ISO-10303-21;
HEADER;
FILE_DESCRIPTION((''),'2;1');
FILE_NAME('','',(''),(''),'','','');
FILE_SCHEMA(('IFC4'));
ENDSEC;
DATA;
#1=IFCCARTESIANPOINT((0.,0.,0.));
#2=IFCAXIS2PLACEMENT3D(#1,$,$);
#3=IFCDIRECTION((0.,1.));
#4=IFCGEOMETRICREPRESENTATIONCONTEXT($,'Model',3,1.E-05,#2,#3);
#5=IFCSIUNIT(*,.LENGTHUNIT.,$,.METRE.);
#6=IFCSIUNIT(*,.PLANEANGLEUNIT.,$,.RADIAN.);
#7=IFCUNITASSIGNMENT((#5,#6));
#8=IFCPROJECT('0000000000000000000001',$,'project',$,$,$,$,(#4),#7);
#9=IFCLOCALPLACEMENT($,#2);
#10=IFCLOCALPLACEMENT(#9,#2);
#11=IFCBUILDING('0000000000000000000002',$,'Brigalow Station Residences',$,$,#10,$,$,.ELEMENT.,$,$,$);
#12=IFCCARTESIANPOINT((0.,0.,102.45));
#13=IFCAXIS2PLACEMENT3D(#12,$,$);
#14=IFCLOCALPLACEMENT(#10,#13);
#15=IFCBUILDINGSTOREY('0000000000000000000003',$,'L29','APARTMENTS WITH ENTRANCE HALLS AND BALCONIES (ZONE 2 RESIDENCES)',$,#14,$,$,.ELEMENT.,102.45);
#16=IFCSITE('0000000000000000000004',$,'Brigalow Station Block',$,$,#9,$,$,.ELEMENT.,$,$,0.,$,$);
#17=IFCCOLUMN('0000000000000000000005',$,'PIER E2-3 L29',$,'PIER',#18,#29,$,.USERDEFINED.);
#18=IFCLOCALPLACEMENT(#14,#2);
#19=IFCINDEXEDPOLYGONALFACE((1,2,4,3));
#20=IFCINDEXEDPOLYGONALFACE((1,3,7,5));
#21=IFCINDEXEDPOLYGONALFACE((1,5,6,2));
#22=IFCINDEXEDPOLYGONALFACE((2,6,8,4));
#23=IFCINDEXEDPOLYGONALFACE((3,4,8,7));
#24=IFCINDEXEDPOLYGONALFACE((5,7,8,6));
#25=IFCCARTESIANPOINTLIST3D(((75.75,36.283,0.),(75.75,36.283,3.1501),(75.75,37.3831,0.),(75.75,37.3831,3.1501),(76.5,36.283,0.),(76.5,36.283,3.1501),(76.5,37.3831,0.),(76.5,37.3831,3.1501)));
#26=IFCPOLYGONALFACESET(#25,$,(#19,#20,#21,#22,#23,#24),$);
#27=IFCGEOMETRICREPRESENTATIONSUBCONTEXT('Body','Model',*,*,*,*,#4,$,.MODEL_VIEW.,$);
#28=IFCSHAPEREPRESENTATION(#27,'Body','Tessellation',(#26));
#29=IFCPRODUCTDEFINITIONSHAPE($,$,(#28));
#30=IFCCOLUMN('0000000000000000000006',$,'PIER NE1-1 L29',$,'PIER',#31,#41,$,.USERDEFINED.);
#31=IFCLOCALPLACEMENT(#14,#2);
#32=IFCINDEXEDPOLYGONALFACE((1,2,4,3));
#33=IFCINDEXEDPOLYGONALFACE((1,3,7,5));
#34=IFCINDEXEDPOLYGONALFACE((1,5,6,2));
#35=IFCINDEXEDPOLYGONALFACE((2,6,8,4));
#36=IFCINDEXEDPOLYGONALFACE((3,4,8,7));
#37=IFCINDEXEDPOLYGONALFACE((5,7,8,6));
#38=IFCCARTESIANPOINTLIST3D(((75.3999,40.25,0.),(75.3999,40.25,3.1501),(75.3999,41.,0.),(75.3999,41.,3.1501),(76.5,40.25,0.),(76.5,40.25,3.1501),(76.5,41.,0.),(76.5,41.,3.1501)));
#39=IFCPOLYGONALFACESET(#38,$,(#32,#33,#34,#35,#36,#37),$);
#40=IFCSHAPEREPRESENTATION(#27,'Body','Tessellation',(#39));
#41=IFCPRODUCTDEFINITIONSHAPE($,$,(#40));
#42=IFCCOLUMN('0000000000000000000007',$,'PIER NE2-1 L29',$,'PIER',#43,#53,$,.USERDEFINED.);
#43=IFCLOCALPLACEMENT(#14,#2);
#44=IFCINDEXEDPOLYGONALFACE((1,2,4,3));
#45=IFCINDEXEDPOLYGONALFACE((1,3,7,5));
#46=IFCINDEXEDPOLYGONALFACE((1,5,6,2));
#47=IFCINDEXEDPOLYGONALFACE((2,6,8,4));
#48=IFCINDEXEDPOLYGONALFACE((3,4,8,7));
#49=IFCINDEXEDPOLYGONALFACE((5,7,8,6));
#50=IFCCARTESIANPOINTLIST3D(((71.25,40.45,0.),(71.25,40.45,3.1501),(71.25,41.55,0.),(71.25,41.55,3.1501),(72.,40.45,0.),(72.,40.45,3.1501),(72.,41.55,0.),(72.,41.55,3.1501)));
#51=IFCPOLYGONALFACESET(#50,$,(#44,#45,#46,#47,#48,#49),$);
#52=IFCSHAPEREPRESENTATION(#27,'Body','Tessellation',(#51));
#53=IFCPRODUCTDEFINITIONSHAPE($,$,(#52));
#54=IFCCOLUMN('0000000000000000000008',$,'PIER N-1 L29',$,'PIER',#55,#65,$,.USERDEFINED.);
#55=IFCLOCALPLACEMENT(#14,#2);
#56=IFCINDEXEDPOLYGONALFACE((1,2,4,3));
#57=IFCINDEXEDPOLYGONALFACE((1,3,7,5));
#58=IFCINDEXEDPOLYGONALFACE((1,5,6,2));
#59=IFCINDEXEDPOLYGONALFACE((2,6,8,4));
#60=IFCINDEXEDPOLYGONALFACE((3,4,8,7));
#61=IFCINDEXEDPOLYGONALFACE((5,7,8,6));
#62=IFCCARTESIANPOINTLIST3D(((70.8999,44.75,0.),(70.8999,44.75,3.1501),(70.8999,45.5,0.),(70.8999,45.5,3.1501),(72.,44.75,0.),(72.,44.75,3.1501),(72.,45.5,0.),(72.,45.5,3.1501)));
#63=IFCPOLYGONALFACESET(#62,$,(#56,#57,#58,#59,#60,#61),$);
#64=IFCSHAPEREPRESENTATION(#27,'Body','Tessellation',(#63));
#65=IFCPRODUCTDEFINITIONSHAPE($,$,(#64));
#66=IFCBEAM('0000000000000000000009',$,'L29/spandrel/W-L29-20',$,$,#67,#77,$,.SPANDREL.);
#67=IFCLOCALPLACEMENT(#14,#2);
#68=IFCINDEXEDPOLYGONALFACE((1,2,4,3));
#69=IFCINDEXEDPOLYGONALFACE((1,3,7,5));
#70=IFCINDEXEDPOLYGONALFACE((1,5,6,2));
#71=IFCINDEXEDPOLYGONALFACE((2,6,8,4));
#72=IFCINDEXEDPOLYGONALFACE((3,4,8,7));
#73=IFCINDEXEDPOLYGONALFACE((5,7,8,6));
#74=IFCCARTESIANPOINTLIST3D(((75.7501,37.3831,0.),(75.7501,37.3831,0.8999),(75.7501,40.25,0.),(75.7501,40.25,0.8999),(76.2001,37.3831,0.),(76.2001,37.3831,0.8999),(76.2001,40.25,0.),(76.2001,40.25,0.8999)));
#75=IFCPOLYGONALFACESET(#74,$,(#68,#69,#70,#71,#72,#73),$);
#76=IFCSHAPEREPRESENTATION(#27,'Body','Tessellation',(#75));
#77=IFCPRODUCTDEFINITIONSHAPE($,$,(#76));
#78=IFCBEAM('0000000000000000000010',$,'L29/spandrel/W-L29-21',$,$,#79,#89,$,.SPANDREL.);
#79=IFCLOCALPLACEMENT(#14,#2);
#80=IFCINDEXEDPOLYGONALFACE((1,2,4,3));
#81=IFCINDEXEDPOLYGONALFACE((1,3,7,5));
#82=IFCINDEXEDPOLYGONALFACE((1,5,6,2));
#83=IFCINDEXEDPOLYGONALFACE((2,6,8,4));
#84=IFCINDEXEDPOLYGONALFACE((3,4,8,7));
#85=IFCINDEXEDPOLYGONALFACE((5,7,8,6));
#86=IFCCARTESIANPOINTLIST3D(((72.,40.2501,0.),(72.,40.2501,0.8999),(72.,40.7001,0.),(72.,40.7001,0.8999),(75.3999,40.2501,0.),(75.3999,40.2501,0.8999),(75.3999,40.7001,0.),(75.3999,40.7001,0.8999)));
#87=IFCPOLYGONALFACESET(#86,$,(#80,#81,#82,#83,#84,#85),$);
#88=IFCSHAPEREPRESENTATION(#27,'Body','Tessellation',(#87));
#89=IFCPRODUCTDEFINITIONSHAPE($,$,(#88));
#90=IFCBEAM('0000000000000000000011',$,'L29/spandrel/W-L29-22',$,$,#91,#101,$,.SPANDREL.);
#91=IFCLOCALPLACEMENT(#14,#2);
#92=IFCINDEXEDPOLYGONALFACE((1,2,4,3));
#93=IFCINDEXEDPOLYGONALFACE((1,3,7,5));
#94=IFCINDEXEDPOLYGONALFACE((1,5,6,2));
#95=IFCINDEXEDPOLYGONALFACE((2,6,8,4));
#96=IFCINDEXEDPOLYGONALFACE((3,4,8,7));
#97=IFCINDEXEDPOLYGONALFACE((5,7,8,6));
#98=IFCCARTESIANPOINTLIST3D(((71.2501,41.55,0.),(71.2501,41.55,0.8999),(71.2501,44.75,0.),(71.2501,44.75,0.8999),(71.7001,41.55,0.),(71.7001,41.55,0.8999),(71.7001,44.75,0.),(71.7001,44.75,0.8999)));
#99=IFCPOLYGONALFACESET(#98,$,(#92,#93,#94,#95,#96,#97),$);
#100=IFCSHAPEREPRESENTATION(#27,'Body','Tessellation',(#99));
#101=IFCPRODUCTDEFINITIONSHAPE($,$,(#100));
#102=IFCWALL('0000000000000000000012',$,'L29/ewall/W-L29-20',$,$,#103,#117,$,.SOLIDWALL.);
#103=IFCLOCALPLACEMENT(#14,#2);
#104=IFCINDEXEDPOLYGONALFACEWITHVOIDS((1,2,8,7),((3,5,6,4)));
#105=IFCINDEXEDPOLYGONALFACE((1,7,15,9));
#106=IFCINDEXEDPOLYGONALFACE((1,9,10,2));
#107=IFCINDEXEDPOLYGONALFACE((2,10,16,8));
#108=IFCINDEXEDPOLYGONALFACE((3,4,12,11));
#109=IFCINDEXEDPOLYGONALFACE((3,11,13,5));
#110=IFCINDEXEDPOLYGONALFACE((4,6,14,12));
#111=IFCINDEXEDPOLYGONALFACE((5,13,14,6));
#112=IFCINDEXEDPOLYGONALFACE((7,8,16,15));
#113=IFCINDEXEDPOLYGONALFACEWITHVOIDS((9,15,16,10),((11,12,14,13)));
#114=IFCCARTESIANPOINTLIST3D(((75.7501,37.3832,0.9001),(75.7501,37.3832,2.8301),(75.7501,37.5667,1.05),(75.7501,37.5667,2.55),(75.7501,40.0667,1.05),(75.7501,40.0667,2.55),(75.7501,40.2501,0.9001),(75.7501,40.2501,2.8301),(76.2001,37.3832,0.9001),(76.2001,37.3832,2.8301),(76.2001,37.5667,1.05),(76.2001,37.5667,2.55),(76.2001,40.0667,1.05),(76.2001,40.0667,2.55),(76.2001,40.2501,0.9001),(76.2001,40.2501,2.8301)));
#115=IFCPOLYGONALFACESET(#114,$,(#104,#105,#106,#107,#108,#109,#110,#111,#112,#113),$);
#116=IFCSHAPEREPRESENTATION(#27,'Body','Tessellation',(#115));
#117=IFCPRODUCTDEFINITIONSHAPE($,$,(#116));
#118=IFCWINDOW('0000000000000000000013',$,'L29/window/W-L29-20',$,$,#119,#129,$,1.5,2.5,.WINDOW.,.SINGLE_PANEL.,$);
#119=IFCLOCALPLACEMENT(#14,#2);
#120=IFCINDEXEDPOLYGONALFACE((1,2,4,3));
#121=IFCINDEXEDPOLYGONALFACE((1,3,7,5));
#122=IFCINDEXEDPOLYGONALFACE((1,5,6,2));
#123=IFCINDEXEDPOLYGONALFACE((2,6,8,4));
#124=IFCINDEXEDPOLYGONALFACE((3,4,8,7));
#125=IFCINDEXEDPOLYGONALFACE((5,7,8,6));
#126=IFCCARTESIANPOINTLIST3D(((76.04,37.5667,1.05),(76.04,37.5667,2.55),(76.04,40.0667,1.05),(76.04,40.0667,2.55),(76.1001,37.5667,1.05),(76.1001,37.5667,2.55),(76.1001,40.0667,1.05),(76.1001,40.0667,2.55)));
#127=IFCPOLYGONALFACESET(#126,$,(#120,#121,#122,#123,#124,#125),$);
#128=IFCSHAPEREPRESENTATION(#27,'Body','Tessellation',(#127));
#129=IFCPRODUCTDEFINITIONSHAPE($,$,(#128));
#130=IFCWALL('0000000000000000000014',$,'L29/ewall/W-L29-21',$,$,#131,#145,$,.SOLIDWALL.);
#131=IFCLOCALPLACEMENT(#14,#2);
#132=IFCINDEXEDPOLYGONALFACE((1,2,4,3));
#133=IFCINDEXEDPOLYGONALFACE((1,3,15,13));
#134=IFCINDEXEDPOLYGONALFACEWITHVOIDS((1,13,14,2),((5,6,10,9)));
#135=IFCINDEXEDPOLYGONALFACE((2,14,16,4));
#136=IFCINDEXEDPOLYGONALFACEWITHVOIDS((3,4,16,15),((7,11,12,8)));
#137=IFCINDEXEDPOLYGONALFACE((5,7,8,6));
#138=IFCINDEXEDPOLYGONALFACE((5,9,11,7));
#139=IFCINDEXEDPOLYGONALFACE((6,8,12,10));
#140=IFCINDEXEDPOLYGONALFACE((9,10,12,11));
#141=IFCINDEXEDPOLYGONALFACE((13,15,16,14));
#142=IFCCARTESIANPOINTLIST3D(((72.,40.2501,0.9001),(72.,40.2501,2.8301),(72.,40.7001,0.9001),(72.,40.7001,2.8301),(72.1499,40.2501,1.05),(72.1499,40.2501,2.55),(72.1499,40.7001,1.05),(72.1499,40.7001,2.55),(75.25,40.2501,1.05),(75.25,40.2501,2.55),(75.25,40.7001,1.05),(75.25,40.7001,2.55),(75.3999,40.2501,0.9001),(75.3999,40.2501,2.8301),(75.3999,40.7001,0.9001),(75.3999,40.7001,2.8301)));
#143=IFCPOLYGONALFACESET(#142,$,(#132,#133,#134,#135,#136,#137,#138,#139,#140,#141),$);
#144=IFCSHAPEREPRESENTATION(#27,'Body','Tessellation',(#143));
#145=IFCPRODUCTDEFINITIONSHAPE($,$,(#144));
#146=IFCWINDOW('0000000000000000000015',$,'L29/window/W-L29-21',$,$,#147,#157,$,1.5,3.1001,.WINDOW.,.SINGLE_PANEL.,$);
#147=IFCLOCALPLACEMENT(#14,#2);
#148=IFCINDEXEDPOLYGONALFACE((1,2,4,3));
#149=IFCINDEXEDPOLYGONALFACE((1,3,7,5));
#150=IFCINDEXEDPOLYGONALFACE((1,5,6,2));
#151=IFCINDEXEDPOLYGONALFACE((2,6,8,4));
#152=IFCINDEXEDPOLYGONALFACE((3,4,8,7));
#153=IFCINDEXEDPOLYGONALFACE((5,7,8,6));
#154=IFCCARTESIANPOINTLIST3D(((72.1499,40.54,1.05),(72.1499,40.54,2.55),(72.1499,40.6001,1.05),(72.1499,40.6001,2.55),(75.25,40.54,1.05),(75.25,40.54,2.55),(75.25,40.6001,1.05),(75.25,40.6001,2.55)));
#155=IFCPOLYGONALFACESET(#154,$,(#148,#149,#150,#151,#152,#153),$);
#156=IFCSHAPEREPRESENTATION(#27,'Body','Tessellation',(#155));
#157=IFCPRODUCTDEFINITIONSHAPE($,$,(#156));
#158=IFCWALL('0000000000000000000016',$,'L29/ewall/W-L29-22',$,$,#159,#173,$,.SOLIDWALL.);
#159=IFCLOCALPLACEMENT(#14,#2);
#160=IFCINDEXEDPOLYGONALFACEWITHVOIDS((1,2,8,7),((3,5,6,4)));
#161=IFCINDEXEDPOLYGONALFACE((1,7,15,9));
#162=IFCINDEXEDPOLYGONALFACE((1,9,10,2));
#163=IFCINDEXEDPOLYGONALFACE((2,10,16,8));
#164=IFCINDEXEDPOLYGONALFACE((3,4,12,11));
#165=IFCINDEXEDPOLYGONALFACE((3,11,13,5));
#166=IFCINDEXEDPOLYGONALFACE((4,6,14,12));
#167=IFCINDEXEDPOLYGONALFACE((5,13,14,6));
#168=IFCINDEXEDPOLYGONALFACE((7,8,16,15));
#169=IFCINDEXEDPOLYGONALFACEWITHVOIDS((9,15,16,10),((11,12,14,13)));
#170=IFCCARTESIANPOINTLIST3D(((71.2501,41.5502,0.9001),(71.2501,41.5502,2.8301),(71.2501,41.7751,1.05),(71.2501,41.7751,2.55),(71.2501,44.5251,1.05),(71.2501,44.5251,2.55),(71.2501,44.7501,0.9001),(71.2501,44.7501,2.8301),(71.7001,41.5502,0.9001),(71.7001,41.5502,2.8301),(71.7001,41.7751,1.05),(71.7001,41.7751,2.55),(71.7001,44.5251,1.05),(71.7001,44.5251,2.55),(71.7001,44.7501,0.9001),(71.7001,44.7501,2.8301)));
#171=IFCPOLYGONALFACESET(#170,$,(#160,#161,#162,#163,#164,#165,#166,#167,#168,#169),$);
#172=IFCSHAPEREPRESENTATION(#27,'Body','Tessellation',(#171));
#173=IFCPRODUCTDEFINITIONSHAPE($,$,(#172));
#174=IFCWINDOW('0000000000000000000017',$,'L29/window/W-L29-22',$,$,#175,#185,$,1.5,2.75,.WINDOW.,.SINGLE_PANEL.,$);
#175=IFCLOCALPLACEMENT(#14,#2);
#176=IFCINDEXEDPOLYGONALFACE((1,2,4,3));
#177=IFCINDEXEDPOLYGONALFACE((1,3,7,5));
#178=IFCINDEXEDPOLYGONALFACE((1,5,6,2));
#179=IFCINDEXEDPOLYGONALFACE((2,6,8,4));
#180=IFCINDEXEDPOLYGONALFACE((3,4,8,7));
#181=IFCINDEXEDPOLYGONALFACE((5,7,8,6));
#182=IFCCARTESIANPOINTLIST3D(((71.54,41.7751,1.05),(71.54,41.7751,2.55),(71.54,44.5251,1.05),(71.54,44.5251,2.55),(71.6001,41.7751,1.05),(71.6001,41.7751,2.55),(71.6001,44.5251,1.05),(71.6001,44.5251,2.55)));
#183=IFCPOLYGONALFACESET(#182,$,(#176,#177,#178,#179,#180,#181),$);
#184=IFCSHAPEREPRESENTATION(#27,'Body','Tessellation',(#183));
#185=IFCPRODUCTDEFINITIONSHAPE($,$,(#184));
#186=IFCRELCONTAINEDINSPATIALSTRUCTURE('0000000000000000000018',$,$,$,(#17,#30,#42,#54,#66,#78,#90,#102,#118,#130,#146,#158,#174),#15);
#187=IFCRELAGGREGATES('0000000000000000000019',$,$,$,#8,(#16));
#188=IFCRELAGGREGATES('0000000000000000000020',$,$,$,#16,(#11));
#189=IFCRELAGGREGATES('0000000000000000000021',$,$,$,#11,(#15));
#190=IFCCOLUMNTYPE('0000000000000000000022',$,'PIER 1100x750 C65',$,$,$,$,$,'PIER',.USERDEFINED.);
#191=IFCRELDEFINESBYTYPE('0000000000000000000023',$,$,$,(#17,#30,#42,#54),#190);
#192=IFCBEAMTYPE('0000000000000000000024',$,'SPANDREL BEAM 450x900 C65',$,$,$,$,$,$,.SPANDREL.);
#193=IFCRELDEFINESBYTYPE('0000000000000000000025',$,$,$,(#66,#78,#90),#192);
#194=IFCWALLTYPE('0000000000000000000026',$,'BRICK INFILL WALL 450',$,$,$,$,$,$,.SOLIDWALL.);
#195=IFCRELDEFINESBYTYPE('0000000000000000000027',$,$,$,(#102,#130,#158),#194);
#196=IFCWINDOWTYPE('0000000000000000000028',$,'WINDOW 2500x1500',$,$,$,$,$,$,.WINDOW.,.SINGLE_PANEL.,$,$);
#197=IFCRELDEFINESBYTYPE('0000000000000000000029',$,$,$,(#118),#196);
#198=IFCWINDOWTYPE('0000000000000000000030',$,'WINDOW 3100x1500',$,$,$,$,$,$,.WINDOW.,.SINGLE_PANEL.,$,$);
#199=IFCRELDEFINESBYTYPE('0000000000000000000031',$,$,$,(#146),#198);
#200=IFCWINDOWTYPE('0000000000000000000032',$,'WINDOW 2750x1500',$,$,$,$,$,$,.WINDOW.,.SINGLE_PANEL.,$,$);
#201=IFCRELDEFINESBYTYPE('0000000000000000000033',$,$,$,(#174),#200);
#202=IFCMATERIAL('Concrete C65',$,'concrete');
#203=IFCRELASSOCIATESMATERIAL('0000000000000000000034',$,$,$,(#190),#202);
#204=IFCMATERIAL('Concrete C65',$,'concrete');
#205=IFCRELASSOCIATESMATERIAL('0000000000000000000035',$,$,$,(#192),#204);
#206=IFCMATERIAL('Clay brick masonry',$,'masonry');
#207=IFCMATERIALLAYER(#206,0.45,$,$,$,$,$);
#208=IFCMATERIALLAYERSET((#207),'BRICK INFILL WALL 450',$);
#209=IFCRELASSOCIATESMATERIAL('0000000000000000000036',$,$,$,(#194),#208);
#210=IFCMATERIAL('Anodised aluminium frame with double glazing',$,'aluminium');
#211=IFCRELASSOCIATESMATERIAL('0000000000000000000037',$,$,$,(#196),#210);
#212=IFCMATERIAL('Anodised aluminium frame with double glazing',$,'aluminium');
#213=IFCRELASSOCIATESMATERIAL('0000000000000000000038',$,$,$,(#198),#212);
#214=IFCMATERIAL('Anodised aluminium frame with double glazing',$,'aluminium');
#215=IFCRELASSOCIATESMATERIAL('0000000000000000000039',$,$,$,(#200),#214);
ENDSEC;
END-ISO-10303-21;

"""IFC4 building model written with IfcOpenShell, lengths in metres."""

from ifc_helpers import new_model, si_unit, direction, frame, frame_2d, origin, origin_2d, place, context, subcontext, project, spatial, rectangle, extrude, material, layer, layer_set, material_profile, profile_set, type_object, element, fill, save


model = new_model("IFC4")

# Units and contexts
model_context = context("Model", 3, precision=1e-05, world=origin(), true_north=direction((0.0, 1.0)))
body_context = subcontext(model_context, "Body", "Model", "MODEL_VIEW")
ifc_project = project(units=[si_unit("LENGTHUNIT", "METRE"), si_unit("PLANEANGLEUNIT", "RADIAN")], contexts=[model_context])

# Site, building, storey
site_placement = place(None, origin())
site = spatial("IfcSite", under=ifc_project, at=site_placement, Name="Brigalow Station Block", CompositionType="ELEMENT", RefElevation=0.0)
building_placement = place(site_placement, origin())
building = spatial("IfcBuilding", under=site, at=building_placement, Name="Brigalow Station Residences", CompositionType="ELEMENT")
storey_placement = place(building_placement, frame((0.0, 0.0, 102.45)))
storey = spatial("IfcBuildingStorey", under=building, at=storey_placement, Name="L29", Description="APARTMENTS WITH ENTRANCE HALLS AND BALCONIES (ZONE 2 RESIDENCES)", CompositionType="ELEMENT", Elevation=102.45)

# Columns
ifc_material_1 = material(Name="Concrete C65", Category="concrete")
ifc_material_profile_1 = material_profile(ifc_material_1, rectangle(XDim=1.1001, YDim=0.75, at=origin_2d()), Name="RC1100x750")
ifc_profile_set_1 = profile_set([ifc_material_profile_1], Name="Concrete C65")
column_type = type_object("IfcColumnType", Name="PIER 1100x750 C65", ElementType="PIER", PredefinedType="USERDEFINED", material=ifc_profile_set_1)
for number, where, z_axis, x_axis, name in (
    (1, (76.125, 36.833, 0.0), (0.0, 0.0, 1.0), (0.0, 1.0, 0.0), "PIER E2-3 L29"),
    (2, (75.95, 40.625, 0.0), (0.0, 0.0, 1.0), (-1.0, 0.0, 0.0), "PIER NE1-1 L29"),
    (3, (71.625, 41.0, 0.0), (0.0, 0.0, 1.0), (0.0, 1.0, 0.0), "PIER NE2-1 L29"),
    (4, (71.45, 45.125, 0.0), (0.0, 0.0, 1.0), (-1.0, 0.0, 0.0), "PIER N-1 L29"),
):
    element("IfcColumn", number, at=place(storey_placement, frame(where, z_axis=z_axis, x_axis=x_axis)), inside=storey, type_object=column_type, Name=name, ObjectType="PIER", PredefinedType="USERDEFINED", context=body_context, shape_type="SweptSolid", body=[
        extrude(rectangle(XDim=1.1001, YDim=0.75, at=origin_2d()), origin(), (0.0, 0.0, 1.0), 3.1501),
    ])

# Beams
ifc_material_2 = material(Name="Concrete C65", Category="concrete")
ifc_material_profile_2 = material_profile(ifc_material_2, rectangle(XDim=0.45, YDim=0.8999, at=origin_2d()), Name="RC450x900")
ifc_profile_set_2 = profile_set([ifc_material_profile_2], Name="Concrete C65")
beam_type = type_object("IfcBeamType", Name="SPANDREL BEAM 450x900 C65", PredefinedType="SPANDREL", material=ifc_profile_set_2)
beam_1_placement = place(storey_placement, frame((75.9751, 37.3831, 0.45), z_axis=(0.0, 1.0, 0.0), x_axis=(-1.0, 0.0, 0.0)))
element("IfcBeam", 5, at=beam_1_placement, inside=storey, type_object=beam_type, Name="L29/spandrel/W-L29-20", PredefinedType="SPANDREL", context=body_context, shape_type="SweptSolid", body=[
    extrude(rectangle(XDim=0.45, YDim=0.8999, at=origin_2d()), origin(), (0.0, 0.0, 1.0), 2.8669),
])
beam_2_placement = place(storey_placement, frame((75.3999, 40.4751, 0.45), z_axis=(-1.0, 0.0, 0.0), x_axis=(0.0, -1.0, 0.0)))
element("IfcBeam", 6, at=beam_2_placement, inside=storey, type_object=beam_type, Name="L29/spandrel/W-L29-21", PredefinedType="SPANDREL", context=body_context, shape_type="SweptSolid", body=[
    extrude(rectangle(XDim=0.45, YDim=0.8999, at=origin_2d()), origin(), (0.0, 0.0, 1.0), 3.3999),
])
beam_3_placement = place(storey_placement, frame((71.4751, 41.55, 0.45), z_axis=(0.0, 1.0, 0.0), x_axis=(-1.0, 0.0, 0.0)))
element("IfcBeam", 7, at=beam_3_placement, inside=storey, type_object=beam_type, Name="L29/spandrel/W-L29-22", PredefinedType="SPANDREL", context=body_context, shape_type="SweptSolid", body=[
    extrude(rectangle(XDim=0.45, YDim=0.8999, at=origin_2d()), origin(), (0.0, 0.0, 1.0), 3.2),
])

# Walls, openings, windows
ifc_material_3 = material(Name="Clay brick masonry", Category="masonry")
ifc_layer_1 = layer(ifc_material_3, 0.45)
ifc_layer_set_1 = layer_set([ifc_layer_1], Name="BRICK INFILL WALL 450")
wall_type_1 = type_object("IfcWallType", Name="BRICK INFILL WALL 450", PredefinedType="SOLIDWALL", material=ifc_layer_set_1)
wall_1_placement = place(storey_placement, frame((75.9751, 37.3831, 0.9001), z_axis=(0.0, 0.0, 1.0), x_axis=(0.0, 1.0, 0.0)))
wall_1 = element("IfcWall", 8, at=wall_1_placement, inside=storey, type_object=wall_type_1, Name="L29/ewall/W-L29-20", PredefinedType="SOLIDWALL", context=body_context, shape_type="SweptSolid", body=[
    extrude(rectangle(XDim=2.8669, YDim=0.45, at=frame_2d((1.4336, 0.0))), origin(), (0.0, 0.0, 1.0), 1.9299),
])
opening_1_placement = place(wall_1_placement, frame((0.1836, 0.0, 0.1499)))
opening_1 = element("IfcOpeningElement", 9, at=opening_1_placement, cuts=wall_1, PredefinedType="OPENING", context=body_context, shape_type="SweptSolid", body=[
    extrude(rectangle(XDim=2.5, YDim=1.5, at=frame_2d((1.25, 0.75))), frame((0.0, 0.2349, 0.0), z_axis=(0.0, -1.0, 0.0), x_axis=(1.0, 0.0, 0.0)), (0.0, 0.0, 1.0), 0.47),
])
ifc_material_4 = material(Name="Anodised aluminium frame with double glazing", Category="aluminium")
window_type_1 = type_object("IfcWindowType", Name="WINDOW 2500x1500", PartitioningType="SINGLE_PANEL", PredefinedType="WINDOW", material=ifc_material_4)
window_1_placement = place(opening_1_placement, origin())
window_1 = element("IfcWindow", 10, at=window_1_placement, inside=storey, type_object=window_type_1, Name="L29/window/W-L29-20", OverallHeight=1.5, OverallWidth=2.5, PartitioningType="SINGLE_PANEL", PredefinedType="WINDOW", context=body_context, shape_type="SweptSolid", body=[
    extrude(rectangle(XDim=2.5, YDim=1.5, at=frame_2d((1.25, 0.75))), frame((0.0, -0.0649, 0.0), z_axis=(0.0, -1.0, 0.0), x_axis=(1.0, 0.0, 0.0)), (0.0, 0.0, 1.0), 0.0601),
])
fill(opening_1, window_1)
wall_2_placement = place(storey_placement, frame((75.3999, 40.4751, 0.9001), z_axis=(0.0, 0.0, 1.0), x_axis=(-1.0, 0.0, 0.0)))
wall_2 = element("IfcWall", 11, at=wall_2_placement, inside=storey, type_object=wall_type_1, Name="L29/ewall/W-L29-21", PredefinedType="SOLIDWALL", context=body_context, shape_type="SweptSolid", body=[
    extrude(rectangle(XDim=3.3999, YDim=0.45, at=frame_2d((1.7, 0.0))), origin(), (0.0, 0.0, 1.0), 1.9299),
])
opening_2_placement = place(wall_2_placement, frame((0.1499, 0.0, 0.1499)))
opening_2 = element("IfcOpeningElement", 12, at=opening_2_placement, cuts=wall_2, PredefinedType="OPENING", context=body_context, shape_type="SweptSolid", body=[
    extrude(rectangle(XDim=3.1001, YDim=1.5, at=frame_2d((1.55, 0.75))), frame((0.0, 0.2349, 0.0), z_axis=(0.0, -1.0, 0.0), x_axis=(1.0, 0.0, 0.0)), (0.0, 0.0, 1.0), 0.47),
])
ifc_material_5 = material(Name="Anodised aluminium frame with double glazing", Category="aluminium")
window_type_2 = type_object("IfcWindowType", Name="WINDOW 3100x1500", PartitioningType="SINGLE_PANEL", PredefinedType="WINDOW", material=ifc_material_5)
window_2_placement = place(opening_2_placement, origin())
window_2 = element("IfcWindow", 13, at=window_2_placement, inside=storey, type_object=window_type_2, Name="L29/window/W-L29-21", OverallHeight=1.5, OverallWidth=3.1001, PartitioningType="SINGLE_PANEL", PredefinedType="WINDOW", context=body_context, shape_type="SweptSolid", body=[
    extrude(rectangle(XDim=3.1001, YDim=1.5, at=frame_2d((1.55, 0.75))), frame((0.0, -0.0649, 0.0), z_axis=(0.0, -1.0, 0.0), x_axis=(1.0, 0.0, 0.0)), (0.0, 0.0, 1.0), 0.0601),
])
fill(opening_2, window_2)
wall_3_placement = place(storey_placement, frame((71.4751, 41.55, 0.9001), z_axis=(0.0, 0.0, 1.0), x_axis=(0.0, 1.0, 0.0)))
wall_3 = element("IfcWall", 14, at=wall_3_placement, inside=storey, type_object=wall_type_1, Name="L29/ewall/W-L29-22", PredefinedType="SOLIDWALL", context=body_context, shape_type="SweptSolid", body=[
    extrude(rectangle(XDim=3.2, YDim=0.45, at=frame_2d((1.6001, 0.0))), origin(), (0.0, 0.0, 1.0), 1.9299),
])
opening_3_placement = place(wall_3_placement, frame((0.2251, 0.0, 0.1499)))
opening_3 = element("IfcOpeningElement", 15, at=opening_3_placement, cuts=wall_3, PredefinedType="OPENING", context=body_context, shape_type="SweptSolid", body=[
    extrude(rectangle(XDim=2.75, YDim=1.5, at=frame_2d((1.375, 0.75))), frame((0.0, 0.2349, 0.0), z_axis=(0.0, -1.0, 0.0), x_axis=(1.0, 0.0, 0.0)), (0.0, 0.0, 1.0), 0.47),
])
ifc_material_6 = material(Name="Anodised aluminium frame with double glazing", Category="aluminium")
window_type_3 = type_object("IfcWindowType", Name="WINDOW 2750x1500", PartitioningType="SINGLE_PANEL", PredefinedType="WINDOW", material=ifc_material_6)
window_3_placement = place(opening_3_placement, origin())
window_3 = element("IfcWindow", 16, at=window_3_placement, inside=storey, type_object=window_type_3, Name="L29/window/W-L29-22", OverallHeight=1.5, OverallWidth=2.75, PartitioningType="SINGLE_PANEL", PredefinedType="WINDOW", context=body_context, shape_type="SweptSolid", body=[
    extrude(rectangle(XDim=2.75, YDim=1.5, at=frame_2d((1.375, 0.75))), frame((0.0, -0.0649, 0.0), z_axis=(0.0, -1.0, 0.0), x_axis=(1.0, 0.0, 0.0)), (0.0, 0.0, 1.0), 0.0601),
])
fill(opening_3, window_3)

save(model, "model.ifc")
